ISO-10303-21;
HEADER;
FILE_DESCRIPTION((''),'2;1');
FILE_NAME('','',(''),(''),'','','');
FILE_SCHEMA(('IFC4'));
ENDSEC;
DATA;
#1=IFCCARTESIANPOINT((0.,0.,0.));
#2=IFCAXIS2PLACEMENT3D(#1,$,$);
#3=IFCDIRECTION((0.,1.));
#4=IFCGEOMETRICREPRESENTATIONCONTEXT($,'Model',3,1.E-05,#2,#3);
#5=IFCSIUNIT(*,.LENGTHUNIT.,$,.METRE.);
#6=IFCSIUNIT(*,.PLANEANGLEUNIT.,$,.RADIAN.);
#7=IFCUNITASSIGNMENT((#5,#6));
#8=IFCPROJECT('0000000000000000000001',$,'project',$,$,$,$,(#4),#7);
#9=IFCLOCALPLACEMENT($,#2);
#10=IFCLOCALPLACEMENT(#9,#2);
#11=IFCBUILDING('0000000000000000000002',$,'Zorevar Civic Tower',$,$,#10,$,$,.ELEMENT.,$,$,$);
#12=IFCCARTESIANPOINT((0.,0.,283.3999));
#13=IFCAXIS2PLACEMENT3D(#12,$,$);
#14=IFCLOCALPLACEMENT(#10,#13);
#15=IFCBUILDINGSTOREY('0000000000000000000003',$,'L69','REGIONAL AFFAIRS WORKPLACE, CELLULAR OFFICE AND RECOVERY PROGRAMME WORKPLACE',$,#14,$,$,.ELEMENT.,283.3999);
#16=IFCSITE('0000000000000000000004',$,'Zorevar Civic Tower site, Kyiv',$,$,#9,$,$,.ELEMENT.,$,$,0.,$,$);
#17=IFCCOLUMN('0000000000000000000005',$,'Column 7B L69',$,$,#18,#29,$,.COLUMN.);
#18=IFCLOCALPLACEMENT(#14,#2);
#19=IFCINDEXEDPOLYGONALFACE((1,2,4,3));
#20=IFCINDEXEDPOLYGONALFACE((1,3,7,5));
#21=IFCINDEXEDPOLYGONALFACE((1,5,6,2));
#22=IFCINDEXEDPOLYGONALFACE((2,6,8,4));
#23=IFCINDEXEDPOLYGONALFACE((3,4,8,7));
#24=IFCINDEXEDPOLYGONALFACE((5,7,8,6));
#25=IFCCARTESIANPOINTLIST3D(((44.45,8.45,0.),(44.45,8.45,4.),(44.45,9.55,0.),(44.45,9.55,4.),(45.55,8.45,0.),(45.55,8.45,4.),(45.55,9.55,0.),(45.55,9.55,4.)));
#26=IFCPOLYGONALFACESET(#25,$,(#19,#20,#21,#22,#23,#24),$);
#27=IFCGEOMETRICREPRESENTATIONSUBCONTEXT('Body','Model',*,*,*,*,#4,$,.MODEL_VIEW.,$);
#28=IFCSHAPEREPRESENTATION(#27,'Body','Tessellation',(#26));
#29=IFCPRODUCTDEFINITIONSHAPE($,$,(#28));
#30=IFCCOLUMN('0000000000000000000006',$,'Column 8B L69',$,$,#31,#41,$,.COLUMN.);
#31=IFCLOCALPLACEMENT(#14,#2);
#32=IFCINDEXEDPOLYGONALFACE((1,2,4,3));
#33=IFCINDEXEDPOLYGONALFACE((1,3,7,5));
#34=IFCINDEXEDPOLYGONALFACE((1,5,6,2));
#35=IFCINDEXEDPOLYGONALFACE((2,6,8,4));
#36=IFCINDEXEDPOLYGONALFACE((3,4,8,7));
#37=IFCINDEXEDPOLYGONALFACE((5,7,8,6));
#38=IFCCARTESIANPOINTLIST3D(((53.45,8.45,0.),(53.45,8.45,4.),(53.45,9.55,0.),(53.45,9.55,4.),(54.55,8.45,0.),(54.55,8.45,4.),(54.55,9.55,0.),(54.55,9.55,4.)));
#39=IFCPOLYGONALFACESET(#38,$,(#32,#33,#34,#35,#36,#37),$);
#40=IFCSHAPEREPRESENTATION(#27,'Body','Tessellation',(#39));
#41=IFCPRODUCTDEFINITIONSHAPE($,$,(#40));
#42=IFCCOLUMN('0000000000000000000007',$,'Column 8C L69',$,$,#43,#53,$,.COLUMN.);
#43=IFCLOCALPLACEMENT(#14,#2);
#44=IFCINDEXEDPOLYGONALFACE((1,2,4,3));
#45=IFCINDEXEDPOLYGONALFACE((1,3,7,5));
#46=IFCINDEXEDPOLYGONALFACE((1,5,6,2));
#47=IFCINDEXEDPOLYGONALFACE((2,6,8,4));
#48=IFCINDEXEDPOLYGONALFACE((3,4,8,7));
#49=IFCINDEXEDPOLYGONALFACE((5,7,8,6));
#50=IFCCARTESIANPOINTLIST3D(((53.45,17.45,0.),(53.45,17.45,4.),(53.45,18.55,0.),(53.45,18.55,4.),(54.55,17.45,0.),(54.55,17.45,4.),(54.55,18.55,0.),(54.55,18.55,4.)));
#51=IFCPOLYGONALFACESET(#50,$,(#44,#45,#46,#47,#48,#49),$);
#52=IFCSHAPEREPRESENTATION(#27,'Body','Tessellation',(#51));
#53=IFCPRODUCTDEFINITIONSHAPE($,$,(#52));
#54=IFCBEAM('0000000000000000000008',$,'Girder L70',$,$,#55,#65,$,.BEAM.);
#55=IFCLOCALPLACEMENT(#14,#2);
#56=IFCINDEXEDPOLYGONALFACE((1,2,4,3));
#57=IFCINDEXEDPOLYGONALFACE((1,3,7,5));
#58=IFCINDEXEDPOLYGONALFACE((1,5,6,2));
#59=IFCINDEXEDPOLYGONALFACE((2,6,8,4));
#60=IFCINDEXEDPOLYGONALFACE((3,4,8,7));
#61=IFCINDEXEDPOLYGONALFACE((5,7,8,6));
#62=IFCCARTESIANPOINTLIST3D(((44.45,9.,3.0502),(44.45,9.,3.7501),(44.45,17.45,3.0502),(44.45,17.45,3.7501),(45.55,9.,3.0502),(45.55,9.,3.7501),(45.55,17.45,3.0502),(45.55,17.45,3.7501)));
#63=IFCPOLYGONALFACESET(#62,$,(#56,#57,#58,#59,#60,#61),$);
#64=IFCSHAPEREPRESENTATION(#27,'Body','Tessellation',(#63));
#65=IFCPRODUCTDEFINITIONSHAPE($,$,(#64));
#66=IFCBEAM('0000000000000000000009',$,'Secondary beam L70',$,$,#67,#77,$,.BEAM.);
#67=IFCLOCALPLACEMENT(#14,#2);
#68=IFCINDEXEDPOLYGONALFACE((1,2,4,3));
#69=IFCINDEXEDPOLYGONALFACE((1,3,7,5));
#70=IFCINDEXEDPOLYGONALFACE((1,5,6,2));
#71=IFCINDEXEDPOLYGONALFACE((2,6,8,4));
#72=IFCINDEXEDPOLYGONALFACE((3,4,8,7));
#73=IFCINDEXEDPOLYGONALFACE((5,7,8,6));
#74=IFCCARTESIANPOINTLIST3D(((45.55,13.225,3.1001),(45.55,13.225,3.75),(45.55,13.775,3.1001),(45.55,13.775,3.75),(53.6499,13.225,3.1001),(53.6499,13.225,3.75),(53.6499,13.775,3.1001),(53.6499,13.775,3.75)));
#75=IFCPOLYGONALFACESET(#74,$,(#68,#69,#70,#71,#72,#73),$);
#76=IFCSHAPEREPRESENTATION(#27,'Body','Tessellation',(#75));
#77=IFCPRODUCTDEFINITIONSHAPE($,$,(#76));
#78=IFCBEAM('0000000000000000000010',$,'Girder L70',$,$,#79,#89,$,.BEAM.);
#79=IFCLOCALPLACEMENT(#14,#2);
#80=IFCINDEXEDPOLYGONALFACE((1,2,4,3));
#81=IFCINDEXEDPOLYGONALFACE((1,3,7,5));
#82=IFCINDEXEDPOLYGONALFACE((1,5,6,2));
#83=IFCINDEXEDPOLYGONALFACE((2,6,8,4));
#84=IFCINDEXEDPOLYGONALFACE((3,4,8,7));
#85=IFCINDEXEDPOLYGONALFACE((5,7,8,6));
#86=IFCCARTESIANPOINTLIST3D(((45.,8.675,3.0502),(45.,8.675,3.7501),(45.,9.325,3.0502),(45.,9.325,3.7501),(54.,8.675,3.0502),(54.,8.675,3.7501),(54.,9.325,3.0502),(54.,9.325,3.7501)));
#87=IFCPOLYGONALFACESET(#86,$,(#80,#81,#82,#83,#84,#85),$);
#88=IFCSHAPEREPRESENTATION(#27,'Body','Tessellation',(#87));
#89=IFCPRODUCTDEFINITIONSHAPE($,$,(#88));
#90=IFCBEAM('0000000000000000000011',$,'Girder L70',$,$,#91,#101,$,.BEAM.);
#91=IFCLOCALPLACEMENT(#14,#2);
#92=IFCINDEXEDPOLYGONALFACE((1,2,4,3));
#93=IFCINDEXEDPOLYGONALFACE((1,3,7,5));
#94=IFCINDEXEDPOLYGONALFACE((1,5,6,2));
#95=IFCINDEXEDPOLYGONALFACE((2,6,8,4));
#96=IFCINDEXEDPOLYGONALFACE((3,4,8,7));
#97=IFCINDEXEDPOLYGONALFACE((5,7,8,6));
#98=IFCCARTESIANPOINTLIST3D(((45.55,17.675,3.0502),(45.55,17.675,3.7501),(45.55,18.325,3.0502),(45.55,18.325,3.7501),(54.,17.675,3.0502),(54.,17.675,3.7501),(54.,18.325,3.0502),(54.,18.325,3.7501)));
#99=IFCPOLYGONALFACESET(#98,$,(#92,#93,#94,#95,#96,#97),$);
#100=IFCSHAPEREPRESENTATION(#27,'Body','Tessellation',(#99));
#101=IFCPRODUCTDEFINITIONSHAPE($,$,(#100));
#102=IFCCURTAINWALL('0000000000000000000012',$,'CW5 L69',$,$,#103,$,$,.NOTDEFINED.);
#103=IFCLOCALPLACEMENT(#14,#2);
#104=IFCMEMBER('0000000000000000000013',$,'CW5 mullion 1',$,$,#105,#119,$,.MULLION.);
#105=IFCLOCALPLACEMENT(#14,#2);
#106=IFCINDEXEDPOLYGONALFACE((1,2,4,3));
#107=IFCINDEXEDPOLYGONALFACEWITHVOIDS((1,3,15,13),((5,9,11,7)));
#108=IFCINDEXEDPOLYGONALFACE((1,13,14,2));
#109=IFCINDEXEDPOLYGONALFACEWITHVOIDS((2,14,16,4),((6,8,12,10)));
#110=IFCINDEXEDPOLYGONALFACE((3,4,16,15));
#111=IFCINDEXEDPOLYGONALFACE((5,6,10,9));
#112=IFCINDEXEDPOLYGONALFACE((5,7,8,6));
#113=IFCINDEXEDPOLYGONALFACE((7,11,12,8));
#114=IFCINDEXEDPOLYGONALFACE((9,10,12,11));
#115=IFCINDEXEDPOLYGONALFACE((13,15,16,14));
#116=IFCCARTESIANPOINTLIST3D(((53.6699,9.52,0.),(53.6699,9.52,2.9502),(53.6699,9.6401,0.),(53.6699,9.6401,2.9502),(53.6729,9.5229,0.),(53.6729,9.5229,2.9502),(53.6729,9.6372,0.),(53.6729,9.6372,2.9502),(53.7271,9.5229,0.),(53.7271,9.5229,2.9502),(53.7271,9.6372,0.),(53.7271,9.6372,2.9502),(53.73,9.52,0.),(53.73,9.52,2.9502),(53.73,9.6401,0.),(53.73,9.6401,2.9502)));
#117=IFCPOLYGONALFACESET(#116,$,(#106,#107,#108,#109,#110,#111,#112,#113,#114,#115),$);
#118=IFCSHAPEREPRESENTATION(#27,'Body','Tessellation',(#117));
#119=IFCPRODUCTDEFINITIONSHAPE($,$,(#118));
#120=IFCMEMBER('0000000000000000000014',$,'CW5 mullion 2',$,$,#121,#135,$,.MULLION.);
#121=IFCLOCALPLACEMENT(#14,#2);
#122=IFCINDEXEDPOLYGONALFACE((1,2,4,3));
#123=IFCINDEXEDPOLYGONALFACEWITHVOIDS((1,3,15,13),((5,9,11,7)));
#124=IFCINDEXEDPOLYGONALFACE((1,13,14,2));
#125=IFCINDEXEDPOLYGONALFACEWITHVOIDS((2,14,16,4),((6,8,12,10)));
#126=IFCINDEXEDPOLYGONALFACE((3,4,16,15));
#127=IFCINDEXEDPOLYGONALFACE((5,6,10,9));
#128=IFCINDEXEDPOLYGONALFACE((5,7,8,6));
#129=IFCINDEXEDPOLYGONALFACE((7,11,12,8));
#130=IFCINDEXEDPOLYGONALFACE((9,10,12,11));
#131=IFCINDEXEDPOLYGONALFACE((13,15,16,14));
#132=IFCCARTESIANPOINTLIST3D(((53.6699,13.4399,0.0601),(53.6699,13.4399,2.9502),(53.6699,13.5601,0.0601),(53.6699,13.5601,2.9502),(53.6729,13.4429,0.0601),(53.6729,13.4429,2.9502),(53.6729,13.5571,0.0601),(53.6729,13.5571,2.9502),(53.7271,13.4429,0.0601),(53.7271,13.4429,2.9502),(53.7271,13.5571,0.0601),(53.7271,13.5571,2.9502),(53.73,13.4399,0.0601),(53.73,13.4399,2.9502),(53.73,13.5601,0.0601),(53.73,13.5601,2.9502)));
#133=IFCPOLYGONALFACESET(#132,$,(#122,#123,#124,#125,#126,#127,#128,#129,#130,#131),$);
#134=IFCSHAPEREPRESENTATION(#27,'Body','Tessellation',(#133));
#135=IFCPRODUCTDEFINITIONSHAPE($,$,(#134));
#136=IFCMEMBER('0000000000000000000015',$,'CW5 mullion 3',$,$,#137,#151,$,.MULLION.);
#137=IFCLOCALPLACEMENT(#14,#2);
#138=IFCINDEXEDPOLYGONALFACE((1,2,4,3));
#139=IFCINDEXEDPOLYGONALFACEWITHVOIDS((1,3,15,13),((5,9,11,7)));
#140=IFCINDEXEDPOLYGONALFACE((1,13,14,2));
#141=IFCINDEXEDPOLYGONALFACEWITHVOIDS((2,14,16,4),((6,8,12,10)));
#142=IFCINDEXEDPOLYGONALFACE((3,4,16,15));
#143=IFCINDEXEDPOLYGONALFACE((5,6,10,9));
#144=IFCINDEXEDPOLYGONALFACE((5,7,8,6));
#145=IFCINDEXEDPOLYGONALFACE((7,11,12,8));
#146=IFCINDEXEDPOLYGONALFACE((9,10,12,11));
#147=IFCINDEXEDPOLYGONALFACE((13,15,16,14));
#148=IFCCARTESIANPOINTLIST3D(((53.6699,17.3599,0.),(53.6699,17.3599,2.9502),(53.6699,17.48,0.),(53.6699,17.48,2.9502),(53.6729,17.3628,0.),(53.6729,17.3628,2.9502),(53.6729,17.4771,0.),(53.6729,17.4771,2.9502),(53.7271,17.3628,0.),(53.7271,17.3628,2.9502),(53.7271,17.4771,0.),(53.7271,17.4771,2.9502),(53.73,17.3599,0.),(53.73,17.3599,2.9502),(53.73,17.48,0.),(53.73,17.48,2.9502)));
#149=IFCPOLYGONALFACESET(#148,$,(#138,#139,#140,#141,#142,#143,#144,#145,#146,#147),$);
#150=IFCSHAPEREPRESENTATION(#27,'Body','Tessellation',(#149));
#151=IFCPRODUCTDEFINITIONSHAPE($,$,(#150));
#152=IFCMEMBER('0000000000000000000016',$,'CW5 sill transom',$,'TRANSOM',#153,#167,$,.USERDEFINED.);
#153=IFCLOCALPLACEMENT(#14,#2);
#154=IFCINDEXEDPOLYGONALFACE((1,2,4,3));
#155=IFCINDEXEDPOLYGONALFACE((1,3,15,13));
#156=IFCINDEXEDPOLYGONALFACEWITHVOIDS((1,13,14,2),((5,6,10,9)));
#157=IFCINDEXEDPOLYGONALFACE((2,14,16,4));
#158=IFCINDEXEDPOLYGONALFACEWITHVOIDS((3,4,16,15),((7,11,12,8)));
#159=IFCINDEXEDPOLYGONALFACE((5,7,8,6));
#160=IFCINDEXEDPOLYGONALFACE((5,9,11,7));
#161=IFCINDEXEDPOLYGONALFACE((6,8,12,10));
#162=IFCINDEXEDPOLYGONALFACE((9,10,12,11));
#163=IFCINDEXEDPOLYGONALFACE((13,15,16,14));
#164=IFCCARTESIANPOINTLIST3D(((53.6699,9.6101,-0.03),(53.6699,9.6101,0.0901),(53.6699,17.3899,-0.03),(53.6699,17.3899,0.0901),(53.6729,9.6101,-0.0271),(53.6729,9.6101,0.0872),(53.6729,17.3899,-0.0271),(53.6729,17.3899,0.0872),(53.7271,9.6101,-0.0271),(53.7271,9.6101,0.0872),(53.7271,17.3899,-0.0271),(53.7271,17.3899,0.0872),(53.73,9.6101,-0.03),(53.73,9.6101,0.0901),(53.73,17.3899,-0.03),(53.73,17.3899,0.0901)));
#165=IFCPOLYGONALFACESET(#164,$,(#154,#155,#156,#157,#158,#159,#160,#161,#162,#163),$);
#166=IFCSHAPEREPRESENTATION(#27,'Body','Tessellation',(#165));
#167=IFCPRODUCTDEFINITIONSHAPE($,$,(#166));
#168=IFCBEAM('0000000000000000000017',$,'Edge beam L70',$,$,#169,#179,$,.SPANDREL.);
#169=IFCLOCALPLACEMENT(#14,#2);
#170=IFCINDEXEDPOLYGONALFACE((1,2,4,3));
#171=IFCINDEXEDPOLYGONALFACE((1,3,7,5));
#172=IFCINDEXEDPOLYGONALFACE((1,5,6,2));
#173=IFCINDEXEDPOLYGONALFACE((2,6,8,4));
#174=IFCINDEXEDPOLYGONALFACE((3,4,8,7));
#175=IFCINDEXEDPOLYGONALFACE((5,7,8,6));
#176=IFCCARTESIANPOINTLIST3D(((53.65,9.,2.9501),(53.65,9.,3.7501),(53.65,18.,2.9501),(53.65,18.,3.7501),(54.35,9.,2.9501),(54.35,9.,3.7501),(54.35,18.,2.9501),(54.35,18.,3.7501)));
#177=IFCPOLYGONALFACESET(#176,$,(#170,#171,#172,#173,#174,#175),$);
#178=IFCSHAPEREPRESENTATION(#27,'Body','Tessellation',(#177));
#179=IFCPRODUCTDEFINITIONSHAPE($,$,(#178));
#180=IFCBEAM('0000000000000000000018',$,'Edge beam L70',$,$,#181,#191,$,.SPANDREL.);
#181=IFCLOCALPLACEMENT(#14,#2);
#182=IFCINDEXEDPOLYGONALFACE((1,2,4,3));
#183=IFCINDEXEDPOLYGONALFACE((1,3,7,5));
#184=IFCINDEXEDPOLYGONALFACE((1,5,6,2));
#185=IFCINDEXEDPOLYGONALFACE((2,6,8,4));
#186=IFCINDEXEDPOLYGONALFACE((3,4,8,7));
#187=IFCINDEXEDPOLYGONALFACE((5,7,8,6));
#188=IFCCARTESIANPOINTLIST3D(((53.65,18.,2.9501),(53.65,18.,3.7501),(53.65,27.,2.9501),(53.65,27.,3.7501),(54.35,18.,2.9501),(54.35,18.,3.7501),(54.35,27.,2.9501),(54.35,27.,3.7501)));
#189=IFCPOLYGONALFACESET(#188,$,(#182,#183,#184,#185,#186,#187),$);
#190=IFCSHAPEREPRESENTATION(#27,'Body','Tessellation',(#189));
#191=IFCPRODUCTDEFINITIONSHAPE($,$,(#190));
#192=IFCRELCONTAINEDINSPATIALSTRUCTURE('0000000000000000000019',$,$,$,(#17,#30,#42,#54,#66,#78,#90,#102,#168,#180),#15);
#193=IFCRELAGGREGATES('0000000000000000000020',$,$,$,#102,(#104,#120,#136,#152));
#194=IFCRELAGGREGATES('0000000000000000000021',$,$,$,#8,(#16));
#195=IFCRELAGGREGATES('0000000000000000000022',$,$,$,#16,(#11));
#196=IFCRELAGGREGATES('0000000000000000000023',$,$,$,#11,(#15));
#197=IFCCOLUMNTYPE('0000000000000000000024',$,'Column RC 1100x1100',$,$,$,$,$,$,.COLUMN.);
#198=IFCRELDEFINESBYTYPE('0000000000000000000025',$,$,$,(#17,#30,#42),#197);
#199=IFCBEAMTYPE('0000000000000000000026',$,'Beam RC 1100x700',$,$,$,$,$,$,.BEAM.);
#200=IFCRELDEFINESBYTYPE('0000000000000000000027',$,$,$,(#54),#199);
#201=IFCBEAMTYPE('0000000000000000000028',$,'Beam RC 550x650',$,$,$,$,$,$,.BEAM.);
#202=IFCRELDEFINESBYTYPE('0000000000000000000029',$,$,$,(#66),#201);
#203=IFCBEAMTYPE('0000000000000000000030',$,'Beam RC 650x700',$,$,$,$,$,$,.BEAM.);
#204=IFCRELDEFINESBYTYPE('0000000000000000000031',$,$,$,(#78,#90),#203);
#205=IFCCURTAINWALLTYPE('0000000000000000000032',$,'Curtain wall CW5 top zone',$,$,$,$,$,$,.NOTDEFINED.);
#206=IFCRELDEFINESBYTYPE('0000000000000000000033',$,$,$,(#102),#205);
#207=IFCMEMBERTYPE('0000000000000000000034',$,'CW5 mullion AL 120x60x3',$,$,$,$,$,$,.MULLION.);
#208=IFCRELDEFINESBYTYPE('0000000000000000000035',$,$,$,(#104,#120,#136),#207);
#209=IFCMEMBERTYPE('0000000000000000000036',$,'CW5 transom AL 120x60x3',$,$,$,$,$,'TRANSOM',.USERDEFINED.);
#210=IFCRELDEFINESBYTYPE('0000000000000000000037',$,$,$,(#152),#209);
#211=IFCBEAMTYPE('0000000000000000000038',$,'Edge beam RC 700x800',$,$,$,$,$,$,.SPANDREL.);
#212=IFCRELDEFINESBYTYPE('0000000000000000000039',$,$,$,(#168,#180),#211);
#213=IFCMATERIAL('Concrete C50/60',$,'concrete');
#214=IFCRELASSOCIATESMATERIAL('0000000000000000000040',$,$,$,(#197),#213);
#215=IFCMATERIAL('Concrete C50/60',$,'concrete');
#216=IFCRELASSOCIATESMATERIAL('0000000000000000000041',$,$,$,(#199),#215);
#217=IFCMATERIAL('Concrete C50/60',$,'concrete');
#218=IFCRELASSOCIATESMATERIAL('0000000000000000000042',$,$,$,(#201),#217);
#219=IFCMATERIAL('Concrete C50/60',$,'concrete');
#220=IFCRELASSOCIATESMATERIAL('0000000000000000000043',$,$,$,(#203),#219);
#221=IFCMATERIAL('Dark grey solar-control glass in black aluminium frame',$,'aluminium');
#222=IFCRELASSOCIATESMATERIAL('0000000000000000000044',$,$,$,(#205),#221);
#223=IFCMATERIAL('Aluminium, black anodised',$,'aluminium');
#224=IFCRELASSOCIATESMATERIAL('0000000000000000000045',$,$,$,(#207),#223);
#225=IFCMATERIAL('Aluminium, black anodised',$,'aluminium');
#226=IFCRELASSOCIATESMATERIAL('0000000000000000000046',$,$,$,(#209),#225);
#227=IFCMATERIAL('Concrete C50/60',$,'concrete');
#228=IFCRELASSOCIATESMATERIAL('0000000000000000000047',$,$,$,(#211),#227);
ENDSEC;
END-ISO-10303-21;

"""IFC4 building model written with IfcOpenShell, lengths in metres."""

from ifc_helpers import new_model, si_unit, direction, frame, origin, origin_2d, place, context, subcontext, project, spatial, rectangle, hollow_rectangle, extrude, material, material_profile, profile_set, type_object, element, aggregate, save


model = new_model("IFC4")

# Units and contexts
model_context = context("Model", 3, precision=1e-05, world=origin(), true_north=direction((0.0, 1.0)))
body_context = subcontext(model_context, "Body", "Model", "MODEL_VIEW")
ifc_project = project(units=[si_unit("LENGTHUNIT", "METRE"), si_unit("PLANEANGLEUNIT", "RADIAN")], contexts=[model_context])

# Site, building, storey
site_placement = place(None, origin())
site = spatial("IfcSite", under=ifc_project, at=site_placement, Name="Zorevar Civic Tower site, Kyiv", CompositionType="ELEMENT", RefElevation=0.0)
building_placement = place(site_placement, origin())
building = spatial("IfcBuilding", under=site, at=building_placement, Name="Zorevar Civic Tower", CompositionType="ELEMENT")
storey_placement = place(building_placement, frame((0.0, 0.0, 283.3999)))
storey = spatial("IfcBuildingStorey", under=building, at=storey_placement, Name="L69", Description="REGIONAL AFFAIRS WORKPLACE, CELLULAR OFFICE AND RECOVERY PROGRAMME WORKPLACE", CompositionType="ELEMENT", Elevation=283.3999)

# Columns
ifc_material_1 = material(Name="Concrete C50/60", Category="concrete")
ifc_material_profile_1 = material_profile(ifc_material_1, rectangle(XDim=1.1001, YDim=1.1001, at=origin_2d()), Name="RC 1100x1100")
ifc_profile_set_1 = profile_set([ifc_material_profile_1], Name="Concrete C50/60")
column_type = type_object("IfcColumnType", Name="Column RC 1100x1100", PredefinedType="COLUMN", material=ifc_profile_set_1)
for number, where, z_axis, x_axis, name in (
    (1, (45.0, 9.0, 0.0), (0.0, 0.0, 1.0), (1.0, 0.0, 0.0), "Column 7B L69"),
    (2, (54.0, 9.0, 0.0), (0.0, 0.0, 1.0), (1.0, 0.0, 0.0), "Column 8B L69"),
    (3, (54.0, 18.0, 0.0), (0.0, 0.0, 1.0), (1.0, 0.0, 0.0), "Column 8C L69"),
):
    element("IfcColumn", number, at=place(storey_placement, frame(where, z_axis=z_axis, x_axis=x_axis)), inside=storey, type_object=column_type, Name=name, PredefinedType="COLUMN", context=body_context, shape_type="SweptSolid", body=[
        extrude(rectangle(XDim=1.1001, YDim=1.1001, at=origin_2d()), origin(), (0.0, 0.0, 1.0), 4.0),
    ])

# Beams
ifc_material_2 = material(Name="Concrete C50/60", Category="concrete")
ifc_material_profile_2 = material_profile(ifc_material_2, rectangle(XDim=1.1001, YDim=0.7, at=origin_2d()), Name="RC 1100x700")
ifc_profile_set_2 = profile_set([ifc_material_profile_2], Name="Concrete C50/60")
beam_type_1 = type_object("IfcBeamType", Name="Beam RC 1100x700", PredefinedType="BEAM", material=ifc_profile_set_2)
beam_1_placement = place(storey_placement, frame((45.0, 9.0, 3.4001), z_axis=(0.0, 1.0, 0.0), x_axis=(-1.0, 0.0, 0.0)))
element("IfcBeam", 4, at=beam_1_placement, inside=storey, type_object=beam_type_1, Name="Girder L70", PredefinedType="BEAM", context=body_context, shape_type="SweptSolid", body=[
    extrude(rectangle(XDim=1.1001, YDim=0.7, at=origin_2d()), origin(), (0.0, 0.0, 1.0), 8.45),
])
ifc_material_3 = material(Name="Concrete C50/60", Category="concrete")
ifc_material_profile_3 = material_profile(ifc_material_3, rectangle(XDim=0.55, YDim=0.6499, at=origin_2d()), Name="RC 550x650")
ifc_profile_set_3 = profile_set([ifc_material_profile_3], Name="Concrete C50/60")
beam_type_2 = type_object("IfcBeamType", Name="Beam RC 550x650", PredefinedType="BEAM", material=ifc_profile_set_3)
beam_2_placement = place(storey_placement, frame((45.55, 13.5, 3.425), z_axis=(1.0, 0.0, 0.0), x_axis=(0.0, 1.0, 0.0)))
element("IfcBeam", 5, at=beam_2_placement, inside=storey, type_object=beam_type_2, Name="Secondary beam L70", PredefinedType="BEAM", context=body_context, shape_type="SweptSolid", body=[
    extrude(rectangle(XDim=0.55, YDim=0.6499, at=origin_2d()), origin(), (0.0, 0.0, 1.0), 8.0999),
])
ifc_material_4 = material(Name="Concrete C50/60", Category="concrete")
ifc_material_profile_4 = material_profile(ifc_material_4, rectangle(XDim=0.6499, YDim=0.7, at=origin_2d()), Name="RC 650x700")
ifc_profile_set_4 = profile_set([ifc_material_profile_4], Name="Concrete C50/60")
beam_type_3 = type_object("IfcBeamType", Name="Beam RC 650x700", PredefinedType="BEAM", material=ifc_profile_set_4)
beam_3_placement = place(storey_placement, frame((45.0, 9.0, 3.4001), z_axis=(1.0, 0.0, 0.0), x_axis=(0.0, 1.0, 0.0)))
element("IfcBeam", 6, at=beam_3_placement, inside=storey, type_object=beam_type_3, Name="Girder L70", PredefinedType="BEAM", context=body_context, shape_type="SweptSolid", body=[
    extrude(rectangle(XDim=0.6499, YDim=0.7, at=origin_2d()), origin(), (0.0, 0.0, 1.0), 9.0),
])
beam_4_placement = place(storey_placement, frame((45.55, 18.0, 3.4001), z_axis=(1.0, 0.0, 0.0), x_axis=(0.0, 1.0, 0.0)))
element("IfcBeam", 7, at=beam_4_placement, inside=storey, type_object=beam_type_3, Name="Girder L70", PredefinedType="BEAM", context=body_context, shape_type="SweptSolid", body=[
    extrude(rectangle(XDim=0.6499, YDim=0.7, at=origin_2d()), origin(), (0.0, 0.0, 1.0), 8.45),
])

# Curtain wall, members
ifc_material_5 = material(Name="Dark grey solar-control glass in black aluminium frame", Category="aluminium")
curtain_wall_type = type_object("IfcCurtainWallType", Name="Curtain wall CW5 top zone", PredefinedType="NOTDEFINED", material=ifc_material_5)
curtain_wall_placement = place(storey_placement, origin())
curtain_wall = element("IfcCurtainWall", 8, at=curtain_wall_placement, inside=storey, type_object=curtain_wall_type, Name="CW5 L69", PredefinedType="NOTDEFINED")
ifc_material_6 = material(Name="Aluminium, black anodised", Category="aluminium")
ifc_material_profile_5 = material_profile(ifc_material_6, hollow_rectangle(XDim=0.0601, YDim=0.1201, WallThickness=0.0029, at=origin_2d()), Name="AL 120x60x3")
ifc_profile_set_5 = profile_set([ifc_material_profile_5], Name="Aluminium, black anodised")
member_type_1 = type_object("IfcMemberType", Name="CW5 mullion AL 120x60x3", PredefinedType="MULLION", material=ifc_profile_set_5)
member_1_placement = place(storey_placement, frame((53.7, 9.5801, 0.0), z_axis=(0.0, 0.0, 1.0), x_axis=(-1.0, 0.0, 0.0)))
member_1 = element("IfcMember", 9, at=member_1_placement, type_object=member_type_1, Name="CW5 mullion 1", PredefinedType="MULLION", context=body_context, shape_type="SweptSolid", body=[
    extrude(hollow_rectangle(XDim=0.0601, YDim=0.1201, WallThickness=0.0029, at=origin_2d()), origin(), (0.0, 0.0, 1.0), 2.9502),
])
member_2_placement = place(storey_placement, frame((53.7, 13.5, 0.0601), z_axis=(0.0, 0.0, 1.0), x_axis=(-1.0, 0.0, 0.0)))
member_2 = element("IfcMember", 10, at=member_2_placement, type_object=member_type_1, Name="CW5 mullion 2", PredefinedType="MULLION", context=body_context, shape_type="SweptSolid", body=[
    extrude(hollow_rectangle(XDim=0.0601, YDim=0.1201, WallThickness=0.0029, at=origin_2d()), origin(), (0.0, 0.0, 1.0), 2.8901),
])
member_3_placement = place(storey_placement, frame((53.7, 17.4199, 0.0), z_axis=(0.0, 0.0, 1.0), x_axis=(-1.0, 0.0, 0.0)))
member_3 = element("IfcMember", 11, at=member_3_placement, type_object=member_type_1, Name="CW5 mullion 3", PredefinedType="MULLION", context=body_context, shape_type="SweptSolid", body=[
    extrude(hollow_rectangle(XDim=0.0601, YDim=0.1201, WallThickness=0.0029, at=origin_2d()), origin(), (0.0, 0.0, 1.0), 2.9502),
])
ifc_material_7 = material(Name="Aluminium, black anodised", Category="aluminium")
ifc_material_profile_6 = material_profile(ifc_material_7, hollow_rectangle(XDim=0.0601, YDim=0.1201, WallThickness=0.0029, at=origin_2d()), Name="AL 120x60x3")
ifc_profile_set_6 = profile_set([ifc_material_profile_6], Name="Aluminium, black anodised")
member_type_2 = type_object("IfcMemberType", Name="CW5 transom AL 120x60x3", ElementType="TRANSOM", PredefinedType="USERDEFINED", material=ifc_profile_set_6)
member_4_placement = place(storey_placement, frame((53.7, 9.6101, 0.03), z_axis=(0.0, 1.0, 0.0), x_axis=(-1.0, 0.0, 0.0)))
member_4 = element("IfcMember", 12, at=member_4_placement, type_object=member_type_2, Name="CW5 sill transom", ObjectType="TRANSOM", PredefinedType="USERDEFINED", context=body_context, shape_type="SweptSolid", body=[
    extrude(hollow_rectangle(XDim=0.0601, YDim=0.1201, WallThickness=0.0029, at=origin_2d()), origin(), (0.0, 0.0, 1.0), 7.7798),
])

# Beams
ifc_material_8 = material(Name="Concrete C50/60", Category="concrete")
ifc_material_profile_7 = material_profile(ifc_material_8, rectangle(XDim=0.7, YDim=0.8, at=origin_2d()), Name="RC 700x800")
ifc_profile_set_7 = profile_set([ifc_material_profile_7], Name="Concrete C50/60")
beam_type_4 = type_object("IfcBeamType", Name="Edge beam RC 700x800", PredefinedType="SPANDREL", material=ifc_profile_set_7)
for number, where, z_axis, x_axis, name in (
    (13, (54.0, 9.0, 3.3501), (0.0, 1.0, 0.0), (-1.0, 0.0, 0.0), "Edge beam L70"),
    (14, (54.0, 18.0, 3.3501), (0.0, 1.0, 0.0), (-1.0, 0.0, 0.0), "Edge beam L70"),
):
    element("IfcBeam", number, at=place(storey_placement, frame(where, z_axis=z_axis, x_axis=x_axis)), inside=storey, type_object=beam_type_4, Name=name, PredefinedType="SPANDREL", context=body_context, shape_type="SweptSolid", body=[
        extrude(rectangle(XDim=0.7, YDim=0.8, at=origin_2d()), origin(), (0.0, 0.0, 1.0), 9.0),
    ])

aggregate(curtain_wall, [member_1, member_2, member_3, member_4])

save(model, "model.ifc")
